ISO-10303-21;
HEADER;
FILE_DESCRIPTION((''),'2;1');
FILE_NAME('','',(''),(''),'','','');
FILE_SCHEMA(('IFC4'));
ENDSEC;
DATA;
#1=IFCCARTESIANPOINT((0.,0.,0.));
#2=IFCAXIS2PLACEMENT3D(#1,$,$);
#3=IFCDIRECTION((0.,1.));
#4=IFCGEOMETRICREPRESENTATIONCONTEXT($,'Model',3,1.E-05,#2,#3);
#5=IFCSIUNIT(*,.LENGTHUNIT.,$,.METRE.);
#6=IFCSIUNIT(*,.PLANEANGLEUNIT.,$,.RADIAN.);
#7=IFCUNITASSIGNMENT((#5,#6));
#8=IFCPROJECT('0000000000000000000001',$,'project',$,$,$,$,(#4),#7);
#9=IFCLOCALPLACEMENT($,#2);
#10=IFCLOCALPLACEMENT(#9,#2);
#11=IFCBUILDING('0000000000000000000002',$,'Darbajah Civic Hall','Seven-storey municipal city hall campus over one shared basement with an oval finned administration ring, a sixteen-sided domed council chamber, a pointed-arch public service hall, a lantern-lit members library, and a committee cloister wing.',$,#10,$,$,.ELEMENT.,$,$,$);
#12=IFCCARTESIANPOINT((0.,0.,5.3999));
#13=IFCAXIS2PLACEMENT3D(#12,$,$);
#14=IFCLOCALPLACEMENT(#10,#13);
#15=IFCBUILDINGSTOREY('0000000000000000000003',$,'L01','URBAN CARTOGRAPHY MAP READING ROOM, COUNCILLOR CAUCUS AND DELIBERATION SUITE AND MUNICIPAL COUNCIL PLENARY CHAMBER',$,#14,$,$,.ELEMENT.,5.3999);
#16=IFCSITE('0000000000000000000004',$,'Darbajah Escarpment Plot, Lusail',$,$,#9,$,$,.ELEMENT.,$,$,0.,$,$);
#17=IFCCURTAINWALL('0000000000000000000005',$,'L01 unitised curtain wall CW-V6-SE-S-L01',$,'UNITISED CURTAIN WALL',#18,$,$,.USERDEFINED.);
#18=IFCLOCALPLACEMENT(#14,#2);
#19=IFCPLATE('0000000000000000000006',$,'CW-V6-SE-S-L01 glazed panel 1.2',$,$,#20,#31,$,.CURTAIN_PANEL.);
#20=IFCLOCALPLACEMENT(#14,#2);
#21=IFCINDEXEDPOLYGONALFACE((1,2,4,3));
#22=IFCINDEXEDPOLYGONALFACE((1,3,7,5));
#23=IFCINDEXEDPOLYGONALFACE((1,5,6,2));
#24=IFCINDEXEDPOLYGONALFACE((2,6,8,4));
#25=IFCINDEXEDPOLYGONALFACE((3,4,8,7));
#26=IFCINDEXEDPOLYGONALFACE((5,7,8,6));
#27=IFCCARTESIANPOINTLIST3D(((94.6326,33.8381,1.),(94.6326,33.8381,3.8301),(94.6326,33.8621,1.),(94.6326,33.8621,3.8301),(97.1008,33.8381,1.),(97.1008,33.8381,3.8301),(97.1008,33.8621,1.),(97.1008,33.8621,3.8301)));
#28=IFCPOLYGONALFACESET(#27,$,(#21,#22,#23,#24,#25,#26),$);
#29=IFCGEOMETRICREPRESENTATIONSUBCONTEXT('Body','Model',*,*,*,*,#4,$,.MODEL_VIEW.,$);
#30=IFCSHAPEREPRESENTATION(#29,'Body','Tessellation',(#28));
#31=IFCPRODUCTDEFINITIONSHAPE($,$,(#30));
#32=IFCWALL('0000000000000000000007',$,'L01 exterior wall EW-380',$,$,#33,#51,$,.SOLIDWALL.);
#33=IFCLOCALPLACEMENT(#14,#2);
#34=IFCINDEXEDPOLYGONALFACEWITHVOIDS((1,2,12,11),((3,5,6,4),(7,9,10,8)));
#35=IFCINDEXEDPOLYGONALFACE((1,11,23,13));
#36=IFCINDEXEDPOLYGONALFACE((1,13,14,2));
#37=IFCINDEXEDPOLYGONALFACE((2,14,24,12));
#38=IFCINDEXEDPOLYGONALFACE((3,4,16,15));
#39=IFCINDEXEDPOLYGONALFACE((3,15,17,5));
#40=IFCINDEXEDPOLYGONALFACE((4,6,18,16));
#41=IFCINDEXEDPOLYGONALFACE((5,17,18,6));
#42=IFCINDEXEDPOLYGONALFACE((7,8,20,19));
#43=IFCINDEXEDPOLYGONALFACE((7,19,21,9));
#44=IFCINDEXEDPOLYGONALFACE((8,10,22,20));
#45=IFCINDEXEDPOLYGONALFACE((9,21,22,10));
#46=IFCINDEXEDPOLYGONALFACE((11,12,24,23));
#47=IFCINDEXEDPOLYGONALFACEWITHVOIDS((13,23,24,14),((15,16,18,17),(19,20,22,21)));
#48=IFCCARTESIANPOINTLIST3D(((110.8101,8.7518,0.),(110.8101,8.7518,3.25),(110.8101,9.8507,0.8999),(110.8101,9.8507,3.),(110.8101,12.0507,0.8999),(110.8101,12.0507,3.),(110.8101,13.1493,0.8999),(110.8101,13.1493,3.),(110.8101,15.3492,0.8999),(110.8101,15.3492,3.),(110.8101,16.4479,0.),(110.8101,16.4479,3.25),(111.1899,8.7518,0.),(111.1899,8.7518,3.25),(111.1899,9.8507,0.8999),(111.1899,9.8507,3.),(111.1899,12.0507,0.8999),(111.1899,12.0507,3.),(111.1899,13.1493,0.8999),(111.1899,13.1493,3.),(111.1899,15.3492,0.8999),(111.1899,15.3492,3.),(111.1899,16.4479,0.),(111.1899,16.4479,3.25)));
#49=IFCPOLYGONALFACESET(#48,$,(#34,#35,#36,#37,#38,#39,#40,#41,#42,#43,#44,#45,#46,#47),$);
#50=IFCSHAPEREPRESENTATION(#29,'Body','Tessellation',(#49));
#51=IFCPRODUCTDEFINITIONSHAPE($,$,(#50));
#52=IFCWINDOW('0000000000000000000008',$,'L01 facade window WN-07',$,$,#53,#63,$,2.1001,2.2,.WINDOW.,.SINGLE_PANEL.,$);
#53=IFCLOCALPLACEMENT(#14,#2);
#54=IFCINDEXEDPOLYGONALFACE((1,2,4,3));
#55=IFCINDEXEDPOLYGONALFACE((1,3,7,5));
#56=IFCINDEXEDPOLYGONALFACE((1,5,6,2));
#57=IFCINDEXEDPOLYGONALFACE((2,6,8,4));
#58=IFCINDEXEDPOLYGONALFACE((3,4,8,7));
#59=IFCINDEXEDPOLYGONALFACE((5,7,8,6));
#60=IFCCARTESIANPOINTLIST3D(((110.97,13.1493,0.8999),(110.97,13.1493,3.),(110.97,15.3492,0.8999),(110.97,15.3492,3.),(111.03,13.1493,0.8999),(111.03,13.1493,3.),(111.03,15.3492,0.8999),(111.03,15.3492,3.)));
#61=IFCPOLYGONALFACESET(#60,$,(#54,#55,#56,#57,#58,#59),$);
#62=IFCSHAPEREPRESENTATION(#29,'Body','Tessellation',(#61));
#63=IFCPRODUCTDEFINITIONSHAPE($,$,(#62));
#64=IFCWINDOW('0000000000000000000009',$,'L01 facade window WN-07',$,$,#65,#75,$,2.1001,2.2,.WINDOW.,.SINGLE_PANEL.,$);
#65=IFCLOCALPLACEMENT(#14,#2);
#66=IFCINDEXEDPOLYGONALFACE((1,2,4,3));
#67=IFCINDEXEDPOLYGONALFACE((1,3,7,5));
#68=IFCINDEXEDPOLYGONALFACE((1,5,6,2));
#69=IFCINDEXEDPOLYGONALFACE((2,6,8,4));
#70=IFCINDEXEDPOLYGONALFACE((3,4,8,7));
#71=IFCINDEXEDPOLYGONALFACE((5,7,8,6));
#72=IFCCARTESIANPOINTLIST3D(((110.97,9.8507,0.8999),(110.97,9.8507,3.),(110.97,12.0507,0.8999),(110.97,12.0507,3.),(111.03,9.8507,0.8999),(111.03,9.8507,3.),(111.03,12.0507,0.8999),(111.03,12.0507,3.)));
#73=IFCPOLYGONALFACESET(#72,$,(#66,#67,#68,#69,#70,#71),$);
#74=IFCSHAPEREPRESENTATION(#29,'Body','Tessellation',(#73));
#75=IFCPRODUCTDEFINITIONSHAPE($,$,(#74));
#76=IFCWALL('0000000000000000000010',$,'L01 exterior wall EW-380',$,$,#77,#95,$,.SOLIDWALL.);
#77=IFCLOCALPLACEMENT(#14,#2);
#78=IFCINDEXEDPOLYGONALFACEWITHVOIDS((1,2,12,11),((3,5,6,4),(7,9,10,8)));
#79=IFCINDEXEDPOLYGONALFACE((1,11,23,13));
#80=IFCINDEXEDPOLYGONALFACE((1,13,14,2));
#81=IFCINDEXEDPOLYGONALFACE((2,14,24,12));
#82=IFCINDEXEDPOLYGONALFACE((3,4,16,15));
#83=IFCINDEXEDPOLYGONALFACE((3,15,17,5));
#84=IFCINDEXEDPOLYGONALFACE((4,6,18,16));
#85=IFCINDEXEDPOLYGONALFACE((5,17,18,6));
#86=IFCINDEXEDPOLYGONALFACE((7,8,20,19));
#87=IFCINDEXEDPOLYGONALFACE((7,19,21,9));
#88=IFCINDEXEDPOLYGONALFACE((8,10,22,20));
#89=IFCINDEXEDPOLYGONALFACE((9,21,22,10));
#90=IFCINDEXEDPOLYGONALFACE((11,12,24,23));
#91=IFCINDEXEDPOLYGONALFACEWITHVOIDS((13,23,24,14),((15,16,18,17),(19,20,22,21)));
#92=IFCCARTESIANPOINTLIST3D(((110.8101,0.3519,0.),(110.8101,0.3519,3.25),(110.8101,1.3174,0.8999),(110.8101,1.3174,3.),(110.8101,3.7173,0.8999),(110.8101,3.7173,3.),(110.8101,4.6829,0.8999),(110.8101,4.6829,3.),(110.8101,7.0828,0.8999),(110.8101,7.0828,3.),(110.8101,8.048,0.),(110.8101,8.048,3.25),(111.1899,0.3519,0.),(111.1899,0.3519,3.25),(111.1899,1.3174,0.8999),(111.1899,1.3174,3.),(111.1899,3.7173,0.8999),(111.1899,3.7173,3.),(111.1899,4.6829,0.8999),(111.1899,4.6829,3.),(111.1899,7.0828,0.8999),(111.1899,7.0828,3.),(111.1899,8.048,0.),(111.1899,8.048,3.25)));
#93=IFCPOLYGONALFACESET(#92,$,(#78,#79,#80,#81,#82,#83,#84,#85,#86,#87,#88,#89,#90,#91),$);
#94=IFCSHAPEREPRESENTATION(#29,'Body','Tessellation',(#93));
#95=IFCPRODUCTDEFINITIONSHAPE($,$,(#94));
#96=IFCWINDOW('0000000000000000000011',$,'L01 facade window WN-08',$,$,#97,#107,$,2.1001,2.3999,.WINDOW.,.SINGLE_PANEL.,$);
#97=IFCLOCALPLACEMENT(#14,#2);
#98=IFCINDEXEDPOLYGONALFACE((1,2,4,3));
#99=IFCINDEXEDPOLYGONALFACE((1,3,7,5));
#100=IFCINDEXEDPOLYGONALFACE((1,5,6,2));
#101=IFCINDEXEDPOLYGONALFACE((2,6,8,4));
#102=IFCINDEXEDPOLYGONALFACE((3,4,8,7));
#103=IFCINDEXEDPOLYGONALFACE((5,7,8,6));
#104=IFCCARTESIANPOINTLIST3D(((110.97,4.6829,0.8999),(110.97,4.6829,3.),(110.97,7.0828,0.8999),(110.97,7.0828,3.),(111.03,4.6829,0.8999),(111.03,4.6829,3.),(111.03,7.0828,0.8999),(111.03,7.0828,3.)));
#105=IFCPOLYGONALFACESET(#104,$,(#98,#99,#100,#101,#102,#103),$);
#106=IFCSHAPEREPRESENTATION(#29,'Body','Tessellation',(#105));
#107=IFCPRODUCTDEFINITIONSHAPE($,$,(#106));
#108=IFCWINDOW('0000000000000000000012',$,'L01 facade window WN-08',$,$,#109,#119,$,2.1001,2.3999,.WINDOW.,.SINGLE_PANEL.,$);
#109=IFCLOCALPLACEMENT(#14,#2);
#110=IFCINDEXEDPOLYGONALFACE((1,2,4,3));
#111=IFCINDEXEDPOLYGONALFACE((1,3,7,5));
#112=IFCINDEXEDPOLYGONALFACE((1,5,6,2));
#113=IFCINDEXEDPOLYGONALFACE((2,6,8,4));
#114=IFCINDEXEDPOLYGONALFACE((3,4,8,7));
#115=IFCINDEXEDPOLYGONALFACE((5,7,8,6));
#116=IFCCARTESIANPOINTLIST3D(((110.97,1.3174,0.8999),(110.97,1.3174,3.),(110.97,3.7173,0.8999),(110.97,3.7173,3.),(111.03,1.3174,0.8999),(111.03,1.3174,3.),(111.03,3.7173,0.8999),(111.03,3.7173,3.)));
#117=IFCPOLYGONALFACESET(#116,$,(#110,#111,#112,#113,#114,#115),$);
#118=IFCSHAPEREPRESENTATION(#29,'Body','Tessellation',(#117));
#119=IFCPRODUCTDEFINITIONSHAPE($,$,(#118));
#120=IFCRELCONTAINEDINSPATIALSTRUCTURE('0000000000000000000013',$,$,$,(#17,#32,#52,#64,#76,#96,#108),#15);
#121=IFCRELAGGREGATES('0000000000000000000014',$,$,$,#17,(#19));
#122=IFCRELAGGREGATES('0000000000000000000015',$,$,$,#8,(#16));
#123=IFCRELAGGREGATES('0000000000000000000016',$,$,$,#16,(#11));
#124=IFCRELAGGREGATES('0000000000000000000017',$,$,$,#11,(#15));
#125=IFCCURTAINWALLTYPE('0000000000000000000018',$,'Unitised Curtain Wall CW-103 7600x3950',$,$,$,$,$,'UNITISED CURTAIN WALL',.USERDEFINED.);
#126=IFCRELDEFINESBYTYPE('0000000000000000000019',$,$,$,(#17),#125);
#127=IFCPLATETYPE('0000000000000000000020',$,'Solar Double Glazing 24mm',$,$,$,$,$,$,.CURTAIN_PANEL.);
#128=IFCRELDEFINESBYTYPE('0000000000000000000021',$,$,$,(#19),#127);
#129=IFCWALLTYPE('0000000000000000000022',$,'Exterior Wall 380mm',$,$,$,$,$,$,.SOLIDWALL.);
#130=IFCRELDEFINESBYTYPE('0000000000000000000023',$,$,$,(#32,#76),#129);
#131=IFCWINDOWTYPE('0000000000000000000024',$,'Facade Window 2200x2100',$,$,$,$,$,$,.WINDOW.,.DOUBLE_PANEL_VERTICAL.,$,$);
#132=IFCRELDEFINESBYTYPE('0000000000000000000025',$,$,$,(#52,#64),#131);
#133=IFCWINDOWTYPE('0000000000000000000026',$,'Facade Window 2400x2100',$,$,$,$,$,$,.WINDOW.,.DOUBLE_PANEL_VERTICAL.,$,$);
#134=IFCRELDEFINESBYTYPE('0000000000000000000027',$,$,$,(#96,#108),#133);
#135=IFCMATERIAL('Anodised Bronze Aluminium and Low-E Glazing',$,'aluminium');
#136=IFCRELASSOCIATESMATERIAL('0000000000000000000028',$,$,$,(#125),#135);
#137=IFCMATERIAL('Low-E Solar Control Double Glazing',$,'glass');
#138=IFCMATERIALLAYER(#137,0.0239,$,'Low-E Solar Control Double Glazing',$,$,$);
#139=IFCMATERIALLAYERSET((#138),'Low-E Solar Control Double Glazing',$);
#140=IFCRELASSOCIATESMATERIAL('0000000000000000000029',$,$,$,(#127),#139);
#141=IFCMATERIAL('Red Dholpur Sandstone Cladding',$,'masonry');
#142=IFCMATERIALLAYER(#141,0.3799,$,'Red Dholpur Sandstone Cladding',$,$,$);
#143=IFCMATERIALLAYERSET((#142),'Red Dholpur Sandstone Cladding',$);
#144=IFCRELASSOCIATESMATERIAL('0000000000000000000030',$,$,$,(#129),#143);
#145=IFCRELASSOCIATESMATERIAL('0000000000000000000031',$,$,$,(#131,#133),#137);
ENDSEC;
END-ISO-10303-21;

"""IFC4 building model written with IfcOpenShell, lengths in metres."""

from ifc_helpers import new_model, si_unit, direction, frame, frame_2d, origin, origin_2d, place, context, subcontext, project, spatial, rectangle, extrude, material, layer, layer_set, type_object, element, fill, aggregate, save


model = new_model("IFC4")

# Units and contexts
model_context = context("Model", 3, precision=1e-05, world=origin(), true_north=direction((0.0, 1.0)))
body_context = subcontext(model_context, "Body", "Model", "MODEL_VIEW")
ifc_project = project(units=[si_unit("LENGTHUNIT", "METRE"), si_unit("PLANEANGLEUNIT", "RADIAN")], contexts=[model_context])

# Site, building, storey
site_placement = place(None, origin())
site = spatial("IfcSite", under=ifc_project, at=site_placement, Name="Darbajah Escarpment Plot, Lusail", CompositionType="ELEMENT", RefElevation=0.0)
building_placement = place(site_placement, origin())
building = spatial("IfcBuilding", under=site, at=building_placement, Name="Darbajah Civic Hall", Description="Seven-storey municipal city hall campus over one shared basement with an oval finned administration ring, a sixteen-sided domed council chamber, a pointed-arch public service hall, a lantern-lit members library, and a committee cloister wing.", CompositionType="ELEMENT")
storey_placement = place(building_placement, frame((0.0, 0.0, 5.3999)))
storey = spatial("IfcBuildingStorey", under=building, at=storey_placement, Name="L01", Description="URBAN CARTOGRAPHY MAP READING ROOM, COUNCILLOR CAUCUS AND DELIBERATION SUITE AND MUNICIPAL COUNCIL PLENARY CHAMBER", CompositionType="ELEMENT", Elevation=5.3999)

# Curtain wall
ifc_material_1 = material(Name="Anodised Bronze Aluminium and Low-E Glazing", Category="aluminium")
curtain_wall_type = type_object("IfcCurtainWallType", Name="Unitised Curtain Wall CW-103 7600x3950", ElementType="UNITISED CURTAIN WALL", PredefinedType="USERDEFINED", material=ifc_material_1)
curtain_wall_placement = place(storey_placement, origin())
curtain_wall = element("IfcCurtainWall", 1, at=curtain_wall_placement, inside=storey, type_object=curtain_wall_type, Name="L01 unitised curtain wall CW-V6-SE-S-L01", ObjectType="UNITISED CURTAIN WALL", PredefinedType="USERDEFINED")

# Plate
ifc_material_2 = material(Name="Low-E Solar Control Double Glazing", Category="glass")
ifc_layer_1 = layer(ifc_material_2, 0.0239, Name="Low-E Solar Control Double Glazing")
ifc_layer_set_1 = layer_set([ifc_layer_1], Name="Low-E Solar Control Double Glazing")
plate_type = type_object("IfcPlateType", Name="Solar Double Glazing 24mm", PredefinedType="CURTAIN_PANEL", material=ifc_layer_set_1)
plate_1_placement = place(storey_placement, frame((95.8667, 33.8501, 1.0), z_axis=(0.0, 0.0, 1.0), x_axis=(1.0, 0.0, 0.0)))
plate_1 = element("IfcPlate", 2, at=plate_1_placement, type_object=plate_type, Name="CW-V6-SE-S-L01 glazed panel 1.2", PredefinedType="CURTAIN_PANEL", context=body_context, shape_type="SweptSolid", body=[
    extrude(rectangle(XDim=2.4683, YDim=0.0239, at=origin_2d()), origin(), (0.0, 0.0, 1.0), 2.8301),
])
aggregate(curtain_wall, [plate_1])

# Walls, openings, windows
ifc_material_3 = material(Name="Red Dholpur Sandstone Cladding", Category="masonry")
ifc_layer_2 = layer(ifc_material_3, 0.3799, Name="Red Dholpur Sandstone Cladding")
ifc_layer_set_2 = layer_set([ifc_layer_2], Name="Red Dholpur Sandstone Cladding")
wall_type = type_object("IfcWallType", Name="Exterior Wall 380mm", PredefinedType="SOLIDWALL", material=ifc_layer_set_2)
wall_1_placement = place(storey_placement, frame((111.0, 16.448, 0.0), z_axis=(0.0, 0.0, 1.0), x_axis=(0.0, -1.0, 0.0)))
wall_1 = element("IfcWall", 3, at=wall_1_placement, inside=storey, type_object=wall_type, Name="L01 exterior wall EW-380", PredefinedType="SOLIDWALL", context=body_context, shape_type="SweptSolid", body=[
    extrude(rectangle(XDim=7.696, YDim=0.3799, at=frame_2d((3.8481, 0.0))), origin(), (0.0, 0.0, 1.0), 3.25),
])
opening_1_placement = place(wall_1_placement, frame((1.0986, 0.0, 0.8999)))
opening_1 = element("IfcOpeningElement", 4, at=opening_1_placement, cuts=wall_1, PredefinedType="OPENING", context=body_context, shape_type="SweptSolid", body=[
    extrude(rectangle(XDim=2.2, YDim=2.1001, at=frame_2d((1.1001, 1.05))), frame((0.0, 0.2, 0.0), z_axis=(0.0, -1.0, 0.0), x_axis=(1.0, 0.0, 0.0)), (0.0, 0.0, 1.0), 0.3999),
])
opening_2_placement = place(wall_1_placement, frame((4.3972, 0.0, 0.8999)))
opening_2 = element("IfcOpeningElement", 5, at=opening_2_placement, cuts=wall_1, PredefinedType="OPENING", context=body_context, shape_type="SweptSolid", body=[
    extrude(rectangle(XDim=2.2, YDim=2.1001, at=frame_2d((1.1001, 1.05))), frame((0.0, 0.2, 0.0), z_axis=(0.0, -1.0, 0.0), x_axis=(1.0, 0.0, 0.0)), (0.0, 0.0, 1.0), 0.3999),
])
window_type_1 = type_object("IfcWindowType", Name="Facade Window 2200x2100", PartitioningType="DOUBLE_PANEL_VERTICAL", PredefinedType="WINDOW", material=ifc_material_2)
window_1_placement = place(opening_1_placement, origin())
window_1 = element("IfcWindow", 6, at=window_1_placement, inside=storey, type_object=window_type_1, Name="L01 facade window WN-07", OverallHeight=2.1001, OverallWidth=2.2, PartitioningType="SINGLE_PANEL", PredefinedType="WINDOW", context=body_context, shape_type="SweptSolid", body=[
    extrude(rectangle(XDim=2.2, YDim=2.1001, at=frame_2d((1.1001, 1.05))), frame((0.0, 0.03, 0.0), z_axis=(0.0, -1.0, 0.0), x_axis=(1.0, 0.0, 0.0)), (0.0, 0.0, 1.0), 0.0601),
])
fill(opening_1, window_1)
window_2_placement = place(opening_2_placement, origin())
window_2 = element("IfcWindow", 7, at=window_2_placement, inside=storey, type_object=window_type_1, Name="L01 facade window WN-07", OverallHeight=2.1001, OverallWidth=2.2, PartitioningType="SINGLE_PANEL", PredefinedType="WINDOW", context=body_context, shape_type="SweptSolid", body=[
    extrude(rectangle(XDim=2.2, YDim=2.1001, at=frame_2d((1.1001, 1.05))), frame((0.0, 0.03, 0.0), z_axis=(0.0, -1.0, 0.0), x_axis=(1.0, 0.0, 0.0)), (0.0, 0.0, 1.0), 0.0601),
])
fill(opening_2, window_2)
wall_2_placement = place(storey_placement, frame((111.0, 8.0481, 0.0), z_axis=(0.0, 0.0, 1.0), x_axis=(0.0, -1.0, 0.0)))
wall_2 = element("IfcWall", 8, at=wall_2_placement, inside=storey, type_object=wall_type, Name="L01 exterior wall EW-380", PredefinedType="SOLIDWALL", context=body_context, shape_type="SweptSolid", body=[
    extrude(rectangle(XDim=7.696, YDim=0.3799, at=frame_2d((3.8481, 0.0))), origin(), (0.0, 0.0, 1.0), 3.25),
])
opening_3_placement = place(wall_2_placement, frame((0.9653, 0.0, 0.8999)))
opening_3 = element("IfcOpeningElement", 9, at=opening_3_placement, cuts=wall_2, PredefinedType="OPENING", context=body_context, shape_type="SweptSolid", body=[
    extrude(rectangle(XDim=2.3999, YDim=2.1001, at=frame_2d((1.2, 1.05))), frame((0.0, 0.2, 0.0), z_axis=(0.0, -1.0, 0.0), x_axis=(1.0, 0.0, 0.0)), (0.0, 0.0, 1.0), 0.3999),
])
opening_4_placement = place(wall_2_placement, frame((4.3308, 0.0, 0.8999)))
opening_4 = element("IfcOpeningElement", 10, at=opening_4_placement, cuts=wall_2, PredefinedType="OPENING", context=body_context, shape_type="SweptSolid", body=[
    extrude(rectangle(XDim=2.3999, YDim=2.1001, at=frame_2d((1.2, 1.05))), frame((0.0, 0.2, 0.0), z_axis=(0.0, -1.0, 0.0), x_axis=(1.0, 0.0, 0.0)), (0.0, 0.0, 1.0), 0.3999),
])
window_type_2 = type_object("IfcWindowType", Name="Facade Window 2400x2100", PartitioningType="DOUBLE_PANEL_VERTICAL", PredefinedType="WINDOW", material=ifc_material_2)
window_3_placement = place(opening_3_placement, origin())
window_3 = element("IfcWindow", 11, at=window_3_placement, inside=storey, type_object=window_type_2, Name="L01 facade window WN-08", OverallHeight=2.1001, OverallWidth=2.3999, PartitioningType="SINGLE_PANEL", PredefinedType="WINDOW", context=body_context, shape_type="SweptSolid", body=[
    extrude(rectangle(XDim=2.3999, YDim=2.1001, at=frame_2d((1.2, 1.05))), frame((0.0, 0.03, 0.0), z_axis=(0.0, -1.0, 0.0), x_axis=(1.0, 0.0, 0.0)), (0.0, 0.0, 1.0), 0.0601),
])
fill(opening_3, window_3)
window_4_placement = place(opening_4_placement, origin())
window_4 = element("IfcWindow", 12, at=window_4_placement, inside=storey, type_object=window_type_2, Name="L01 facade window WN-08", OverallHeight=2.1001, OverallWidth=2.3999, PartitioningType="SINGLE_PANEL", PredefinedType="WINDOW", context=body_context, shape_type="SweptSolid", body=[
    extrude(rectangle(XDim=2.3999, YDim=2.1001, at=frame_2d((1.2, 1.05))), frame((0.0, 0.03, 0.0), z_axis=(0.0, -1.0, 0.0), x_axis=(1.0, 0.0, 0.0)), (0.0, 0.0, 1.0), 0.0601),
])
fill(opening_4, window_4)

save(model, "model.ifc")
